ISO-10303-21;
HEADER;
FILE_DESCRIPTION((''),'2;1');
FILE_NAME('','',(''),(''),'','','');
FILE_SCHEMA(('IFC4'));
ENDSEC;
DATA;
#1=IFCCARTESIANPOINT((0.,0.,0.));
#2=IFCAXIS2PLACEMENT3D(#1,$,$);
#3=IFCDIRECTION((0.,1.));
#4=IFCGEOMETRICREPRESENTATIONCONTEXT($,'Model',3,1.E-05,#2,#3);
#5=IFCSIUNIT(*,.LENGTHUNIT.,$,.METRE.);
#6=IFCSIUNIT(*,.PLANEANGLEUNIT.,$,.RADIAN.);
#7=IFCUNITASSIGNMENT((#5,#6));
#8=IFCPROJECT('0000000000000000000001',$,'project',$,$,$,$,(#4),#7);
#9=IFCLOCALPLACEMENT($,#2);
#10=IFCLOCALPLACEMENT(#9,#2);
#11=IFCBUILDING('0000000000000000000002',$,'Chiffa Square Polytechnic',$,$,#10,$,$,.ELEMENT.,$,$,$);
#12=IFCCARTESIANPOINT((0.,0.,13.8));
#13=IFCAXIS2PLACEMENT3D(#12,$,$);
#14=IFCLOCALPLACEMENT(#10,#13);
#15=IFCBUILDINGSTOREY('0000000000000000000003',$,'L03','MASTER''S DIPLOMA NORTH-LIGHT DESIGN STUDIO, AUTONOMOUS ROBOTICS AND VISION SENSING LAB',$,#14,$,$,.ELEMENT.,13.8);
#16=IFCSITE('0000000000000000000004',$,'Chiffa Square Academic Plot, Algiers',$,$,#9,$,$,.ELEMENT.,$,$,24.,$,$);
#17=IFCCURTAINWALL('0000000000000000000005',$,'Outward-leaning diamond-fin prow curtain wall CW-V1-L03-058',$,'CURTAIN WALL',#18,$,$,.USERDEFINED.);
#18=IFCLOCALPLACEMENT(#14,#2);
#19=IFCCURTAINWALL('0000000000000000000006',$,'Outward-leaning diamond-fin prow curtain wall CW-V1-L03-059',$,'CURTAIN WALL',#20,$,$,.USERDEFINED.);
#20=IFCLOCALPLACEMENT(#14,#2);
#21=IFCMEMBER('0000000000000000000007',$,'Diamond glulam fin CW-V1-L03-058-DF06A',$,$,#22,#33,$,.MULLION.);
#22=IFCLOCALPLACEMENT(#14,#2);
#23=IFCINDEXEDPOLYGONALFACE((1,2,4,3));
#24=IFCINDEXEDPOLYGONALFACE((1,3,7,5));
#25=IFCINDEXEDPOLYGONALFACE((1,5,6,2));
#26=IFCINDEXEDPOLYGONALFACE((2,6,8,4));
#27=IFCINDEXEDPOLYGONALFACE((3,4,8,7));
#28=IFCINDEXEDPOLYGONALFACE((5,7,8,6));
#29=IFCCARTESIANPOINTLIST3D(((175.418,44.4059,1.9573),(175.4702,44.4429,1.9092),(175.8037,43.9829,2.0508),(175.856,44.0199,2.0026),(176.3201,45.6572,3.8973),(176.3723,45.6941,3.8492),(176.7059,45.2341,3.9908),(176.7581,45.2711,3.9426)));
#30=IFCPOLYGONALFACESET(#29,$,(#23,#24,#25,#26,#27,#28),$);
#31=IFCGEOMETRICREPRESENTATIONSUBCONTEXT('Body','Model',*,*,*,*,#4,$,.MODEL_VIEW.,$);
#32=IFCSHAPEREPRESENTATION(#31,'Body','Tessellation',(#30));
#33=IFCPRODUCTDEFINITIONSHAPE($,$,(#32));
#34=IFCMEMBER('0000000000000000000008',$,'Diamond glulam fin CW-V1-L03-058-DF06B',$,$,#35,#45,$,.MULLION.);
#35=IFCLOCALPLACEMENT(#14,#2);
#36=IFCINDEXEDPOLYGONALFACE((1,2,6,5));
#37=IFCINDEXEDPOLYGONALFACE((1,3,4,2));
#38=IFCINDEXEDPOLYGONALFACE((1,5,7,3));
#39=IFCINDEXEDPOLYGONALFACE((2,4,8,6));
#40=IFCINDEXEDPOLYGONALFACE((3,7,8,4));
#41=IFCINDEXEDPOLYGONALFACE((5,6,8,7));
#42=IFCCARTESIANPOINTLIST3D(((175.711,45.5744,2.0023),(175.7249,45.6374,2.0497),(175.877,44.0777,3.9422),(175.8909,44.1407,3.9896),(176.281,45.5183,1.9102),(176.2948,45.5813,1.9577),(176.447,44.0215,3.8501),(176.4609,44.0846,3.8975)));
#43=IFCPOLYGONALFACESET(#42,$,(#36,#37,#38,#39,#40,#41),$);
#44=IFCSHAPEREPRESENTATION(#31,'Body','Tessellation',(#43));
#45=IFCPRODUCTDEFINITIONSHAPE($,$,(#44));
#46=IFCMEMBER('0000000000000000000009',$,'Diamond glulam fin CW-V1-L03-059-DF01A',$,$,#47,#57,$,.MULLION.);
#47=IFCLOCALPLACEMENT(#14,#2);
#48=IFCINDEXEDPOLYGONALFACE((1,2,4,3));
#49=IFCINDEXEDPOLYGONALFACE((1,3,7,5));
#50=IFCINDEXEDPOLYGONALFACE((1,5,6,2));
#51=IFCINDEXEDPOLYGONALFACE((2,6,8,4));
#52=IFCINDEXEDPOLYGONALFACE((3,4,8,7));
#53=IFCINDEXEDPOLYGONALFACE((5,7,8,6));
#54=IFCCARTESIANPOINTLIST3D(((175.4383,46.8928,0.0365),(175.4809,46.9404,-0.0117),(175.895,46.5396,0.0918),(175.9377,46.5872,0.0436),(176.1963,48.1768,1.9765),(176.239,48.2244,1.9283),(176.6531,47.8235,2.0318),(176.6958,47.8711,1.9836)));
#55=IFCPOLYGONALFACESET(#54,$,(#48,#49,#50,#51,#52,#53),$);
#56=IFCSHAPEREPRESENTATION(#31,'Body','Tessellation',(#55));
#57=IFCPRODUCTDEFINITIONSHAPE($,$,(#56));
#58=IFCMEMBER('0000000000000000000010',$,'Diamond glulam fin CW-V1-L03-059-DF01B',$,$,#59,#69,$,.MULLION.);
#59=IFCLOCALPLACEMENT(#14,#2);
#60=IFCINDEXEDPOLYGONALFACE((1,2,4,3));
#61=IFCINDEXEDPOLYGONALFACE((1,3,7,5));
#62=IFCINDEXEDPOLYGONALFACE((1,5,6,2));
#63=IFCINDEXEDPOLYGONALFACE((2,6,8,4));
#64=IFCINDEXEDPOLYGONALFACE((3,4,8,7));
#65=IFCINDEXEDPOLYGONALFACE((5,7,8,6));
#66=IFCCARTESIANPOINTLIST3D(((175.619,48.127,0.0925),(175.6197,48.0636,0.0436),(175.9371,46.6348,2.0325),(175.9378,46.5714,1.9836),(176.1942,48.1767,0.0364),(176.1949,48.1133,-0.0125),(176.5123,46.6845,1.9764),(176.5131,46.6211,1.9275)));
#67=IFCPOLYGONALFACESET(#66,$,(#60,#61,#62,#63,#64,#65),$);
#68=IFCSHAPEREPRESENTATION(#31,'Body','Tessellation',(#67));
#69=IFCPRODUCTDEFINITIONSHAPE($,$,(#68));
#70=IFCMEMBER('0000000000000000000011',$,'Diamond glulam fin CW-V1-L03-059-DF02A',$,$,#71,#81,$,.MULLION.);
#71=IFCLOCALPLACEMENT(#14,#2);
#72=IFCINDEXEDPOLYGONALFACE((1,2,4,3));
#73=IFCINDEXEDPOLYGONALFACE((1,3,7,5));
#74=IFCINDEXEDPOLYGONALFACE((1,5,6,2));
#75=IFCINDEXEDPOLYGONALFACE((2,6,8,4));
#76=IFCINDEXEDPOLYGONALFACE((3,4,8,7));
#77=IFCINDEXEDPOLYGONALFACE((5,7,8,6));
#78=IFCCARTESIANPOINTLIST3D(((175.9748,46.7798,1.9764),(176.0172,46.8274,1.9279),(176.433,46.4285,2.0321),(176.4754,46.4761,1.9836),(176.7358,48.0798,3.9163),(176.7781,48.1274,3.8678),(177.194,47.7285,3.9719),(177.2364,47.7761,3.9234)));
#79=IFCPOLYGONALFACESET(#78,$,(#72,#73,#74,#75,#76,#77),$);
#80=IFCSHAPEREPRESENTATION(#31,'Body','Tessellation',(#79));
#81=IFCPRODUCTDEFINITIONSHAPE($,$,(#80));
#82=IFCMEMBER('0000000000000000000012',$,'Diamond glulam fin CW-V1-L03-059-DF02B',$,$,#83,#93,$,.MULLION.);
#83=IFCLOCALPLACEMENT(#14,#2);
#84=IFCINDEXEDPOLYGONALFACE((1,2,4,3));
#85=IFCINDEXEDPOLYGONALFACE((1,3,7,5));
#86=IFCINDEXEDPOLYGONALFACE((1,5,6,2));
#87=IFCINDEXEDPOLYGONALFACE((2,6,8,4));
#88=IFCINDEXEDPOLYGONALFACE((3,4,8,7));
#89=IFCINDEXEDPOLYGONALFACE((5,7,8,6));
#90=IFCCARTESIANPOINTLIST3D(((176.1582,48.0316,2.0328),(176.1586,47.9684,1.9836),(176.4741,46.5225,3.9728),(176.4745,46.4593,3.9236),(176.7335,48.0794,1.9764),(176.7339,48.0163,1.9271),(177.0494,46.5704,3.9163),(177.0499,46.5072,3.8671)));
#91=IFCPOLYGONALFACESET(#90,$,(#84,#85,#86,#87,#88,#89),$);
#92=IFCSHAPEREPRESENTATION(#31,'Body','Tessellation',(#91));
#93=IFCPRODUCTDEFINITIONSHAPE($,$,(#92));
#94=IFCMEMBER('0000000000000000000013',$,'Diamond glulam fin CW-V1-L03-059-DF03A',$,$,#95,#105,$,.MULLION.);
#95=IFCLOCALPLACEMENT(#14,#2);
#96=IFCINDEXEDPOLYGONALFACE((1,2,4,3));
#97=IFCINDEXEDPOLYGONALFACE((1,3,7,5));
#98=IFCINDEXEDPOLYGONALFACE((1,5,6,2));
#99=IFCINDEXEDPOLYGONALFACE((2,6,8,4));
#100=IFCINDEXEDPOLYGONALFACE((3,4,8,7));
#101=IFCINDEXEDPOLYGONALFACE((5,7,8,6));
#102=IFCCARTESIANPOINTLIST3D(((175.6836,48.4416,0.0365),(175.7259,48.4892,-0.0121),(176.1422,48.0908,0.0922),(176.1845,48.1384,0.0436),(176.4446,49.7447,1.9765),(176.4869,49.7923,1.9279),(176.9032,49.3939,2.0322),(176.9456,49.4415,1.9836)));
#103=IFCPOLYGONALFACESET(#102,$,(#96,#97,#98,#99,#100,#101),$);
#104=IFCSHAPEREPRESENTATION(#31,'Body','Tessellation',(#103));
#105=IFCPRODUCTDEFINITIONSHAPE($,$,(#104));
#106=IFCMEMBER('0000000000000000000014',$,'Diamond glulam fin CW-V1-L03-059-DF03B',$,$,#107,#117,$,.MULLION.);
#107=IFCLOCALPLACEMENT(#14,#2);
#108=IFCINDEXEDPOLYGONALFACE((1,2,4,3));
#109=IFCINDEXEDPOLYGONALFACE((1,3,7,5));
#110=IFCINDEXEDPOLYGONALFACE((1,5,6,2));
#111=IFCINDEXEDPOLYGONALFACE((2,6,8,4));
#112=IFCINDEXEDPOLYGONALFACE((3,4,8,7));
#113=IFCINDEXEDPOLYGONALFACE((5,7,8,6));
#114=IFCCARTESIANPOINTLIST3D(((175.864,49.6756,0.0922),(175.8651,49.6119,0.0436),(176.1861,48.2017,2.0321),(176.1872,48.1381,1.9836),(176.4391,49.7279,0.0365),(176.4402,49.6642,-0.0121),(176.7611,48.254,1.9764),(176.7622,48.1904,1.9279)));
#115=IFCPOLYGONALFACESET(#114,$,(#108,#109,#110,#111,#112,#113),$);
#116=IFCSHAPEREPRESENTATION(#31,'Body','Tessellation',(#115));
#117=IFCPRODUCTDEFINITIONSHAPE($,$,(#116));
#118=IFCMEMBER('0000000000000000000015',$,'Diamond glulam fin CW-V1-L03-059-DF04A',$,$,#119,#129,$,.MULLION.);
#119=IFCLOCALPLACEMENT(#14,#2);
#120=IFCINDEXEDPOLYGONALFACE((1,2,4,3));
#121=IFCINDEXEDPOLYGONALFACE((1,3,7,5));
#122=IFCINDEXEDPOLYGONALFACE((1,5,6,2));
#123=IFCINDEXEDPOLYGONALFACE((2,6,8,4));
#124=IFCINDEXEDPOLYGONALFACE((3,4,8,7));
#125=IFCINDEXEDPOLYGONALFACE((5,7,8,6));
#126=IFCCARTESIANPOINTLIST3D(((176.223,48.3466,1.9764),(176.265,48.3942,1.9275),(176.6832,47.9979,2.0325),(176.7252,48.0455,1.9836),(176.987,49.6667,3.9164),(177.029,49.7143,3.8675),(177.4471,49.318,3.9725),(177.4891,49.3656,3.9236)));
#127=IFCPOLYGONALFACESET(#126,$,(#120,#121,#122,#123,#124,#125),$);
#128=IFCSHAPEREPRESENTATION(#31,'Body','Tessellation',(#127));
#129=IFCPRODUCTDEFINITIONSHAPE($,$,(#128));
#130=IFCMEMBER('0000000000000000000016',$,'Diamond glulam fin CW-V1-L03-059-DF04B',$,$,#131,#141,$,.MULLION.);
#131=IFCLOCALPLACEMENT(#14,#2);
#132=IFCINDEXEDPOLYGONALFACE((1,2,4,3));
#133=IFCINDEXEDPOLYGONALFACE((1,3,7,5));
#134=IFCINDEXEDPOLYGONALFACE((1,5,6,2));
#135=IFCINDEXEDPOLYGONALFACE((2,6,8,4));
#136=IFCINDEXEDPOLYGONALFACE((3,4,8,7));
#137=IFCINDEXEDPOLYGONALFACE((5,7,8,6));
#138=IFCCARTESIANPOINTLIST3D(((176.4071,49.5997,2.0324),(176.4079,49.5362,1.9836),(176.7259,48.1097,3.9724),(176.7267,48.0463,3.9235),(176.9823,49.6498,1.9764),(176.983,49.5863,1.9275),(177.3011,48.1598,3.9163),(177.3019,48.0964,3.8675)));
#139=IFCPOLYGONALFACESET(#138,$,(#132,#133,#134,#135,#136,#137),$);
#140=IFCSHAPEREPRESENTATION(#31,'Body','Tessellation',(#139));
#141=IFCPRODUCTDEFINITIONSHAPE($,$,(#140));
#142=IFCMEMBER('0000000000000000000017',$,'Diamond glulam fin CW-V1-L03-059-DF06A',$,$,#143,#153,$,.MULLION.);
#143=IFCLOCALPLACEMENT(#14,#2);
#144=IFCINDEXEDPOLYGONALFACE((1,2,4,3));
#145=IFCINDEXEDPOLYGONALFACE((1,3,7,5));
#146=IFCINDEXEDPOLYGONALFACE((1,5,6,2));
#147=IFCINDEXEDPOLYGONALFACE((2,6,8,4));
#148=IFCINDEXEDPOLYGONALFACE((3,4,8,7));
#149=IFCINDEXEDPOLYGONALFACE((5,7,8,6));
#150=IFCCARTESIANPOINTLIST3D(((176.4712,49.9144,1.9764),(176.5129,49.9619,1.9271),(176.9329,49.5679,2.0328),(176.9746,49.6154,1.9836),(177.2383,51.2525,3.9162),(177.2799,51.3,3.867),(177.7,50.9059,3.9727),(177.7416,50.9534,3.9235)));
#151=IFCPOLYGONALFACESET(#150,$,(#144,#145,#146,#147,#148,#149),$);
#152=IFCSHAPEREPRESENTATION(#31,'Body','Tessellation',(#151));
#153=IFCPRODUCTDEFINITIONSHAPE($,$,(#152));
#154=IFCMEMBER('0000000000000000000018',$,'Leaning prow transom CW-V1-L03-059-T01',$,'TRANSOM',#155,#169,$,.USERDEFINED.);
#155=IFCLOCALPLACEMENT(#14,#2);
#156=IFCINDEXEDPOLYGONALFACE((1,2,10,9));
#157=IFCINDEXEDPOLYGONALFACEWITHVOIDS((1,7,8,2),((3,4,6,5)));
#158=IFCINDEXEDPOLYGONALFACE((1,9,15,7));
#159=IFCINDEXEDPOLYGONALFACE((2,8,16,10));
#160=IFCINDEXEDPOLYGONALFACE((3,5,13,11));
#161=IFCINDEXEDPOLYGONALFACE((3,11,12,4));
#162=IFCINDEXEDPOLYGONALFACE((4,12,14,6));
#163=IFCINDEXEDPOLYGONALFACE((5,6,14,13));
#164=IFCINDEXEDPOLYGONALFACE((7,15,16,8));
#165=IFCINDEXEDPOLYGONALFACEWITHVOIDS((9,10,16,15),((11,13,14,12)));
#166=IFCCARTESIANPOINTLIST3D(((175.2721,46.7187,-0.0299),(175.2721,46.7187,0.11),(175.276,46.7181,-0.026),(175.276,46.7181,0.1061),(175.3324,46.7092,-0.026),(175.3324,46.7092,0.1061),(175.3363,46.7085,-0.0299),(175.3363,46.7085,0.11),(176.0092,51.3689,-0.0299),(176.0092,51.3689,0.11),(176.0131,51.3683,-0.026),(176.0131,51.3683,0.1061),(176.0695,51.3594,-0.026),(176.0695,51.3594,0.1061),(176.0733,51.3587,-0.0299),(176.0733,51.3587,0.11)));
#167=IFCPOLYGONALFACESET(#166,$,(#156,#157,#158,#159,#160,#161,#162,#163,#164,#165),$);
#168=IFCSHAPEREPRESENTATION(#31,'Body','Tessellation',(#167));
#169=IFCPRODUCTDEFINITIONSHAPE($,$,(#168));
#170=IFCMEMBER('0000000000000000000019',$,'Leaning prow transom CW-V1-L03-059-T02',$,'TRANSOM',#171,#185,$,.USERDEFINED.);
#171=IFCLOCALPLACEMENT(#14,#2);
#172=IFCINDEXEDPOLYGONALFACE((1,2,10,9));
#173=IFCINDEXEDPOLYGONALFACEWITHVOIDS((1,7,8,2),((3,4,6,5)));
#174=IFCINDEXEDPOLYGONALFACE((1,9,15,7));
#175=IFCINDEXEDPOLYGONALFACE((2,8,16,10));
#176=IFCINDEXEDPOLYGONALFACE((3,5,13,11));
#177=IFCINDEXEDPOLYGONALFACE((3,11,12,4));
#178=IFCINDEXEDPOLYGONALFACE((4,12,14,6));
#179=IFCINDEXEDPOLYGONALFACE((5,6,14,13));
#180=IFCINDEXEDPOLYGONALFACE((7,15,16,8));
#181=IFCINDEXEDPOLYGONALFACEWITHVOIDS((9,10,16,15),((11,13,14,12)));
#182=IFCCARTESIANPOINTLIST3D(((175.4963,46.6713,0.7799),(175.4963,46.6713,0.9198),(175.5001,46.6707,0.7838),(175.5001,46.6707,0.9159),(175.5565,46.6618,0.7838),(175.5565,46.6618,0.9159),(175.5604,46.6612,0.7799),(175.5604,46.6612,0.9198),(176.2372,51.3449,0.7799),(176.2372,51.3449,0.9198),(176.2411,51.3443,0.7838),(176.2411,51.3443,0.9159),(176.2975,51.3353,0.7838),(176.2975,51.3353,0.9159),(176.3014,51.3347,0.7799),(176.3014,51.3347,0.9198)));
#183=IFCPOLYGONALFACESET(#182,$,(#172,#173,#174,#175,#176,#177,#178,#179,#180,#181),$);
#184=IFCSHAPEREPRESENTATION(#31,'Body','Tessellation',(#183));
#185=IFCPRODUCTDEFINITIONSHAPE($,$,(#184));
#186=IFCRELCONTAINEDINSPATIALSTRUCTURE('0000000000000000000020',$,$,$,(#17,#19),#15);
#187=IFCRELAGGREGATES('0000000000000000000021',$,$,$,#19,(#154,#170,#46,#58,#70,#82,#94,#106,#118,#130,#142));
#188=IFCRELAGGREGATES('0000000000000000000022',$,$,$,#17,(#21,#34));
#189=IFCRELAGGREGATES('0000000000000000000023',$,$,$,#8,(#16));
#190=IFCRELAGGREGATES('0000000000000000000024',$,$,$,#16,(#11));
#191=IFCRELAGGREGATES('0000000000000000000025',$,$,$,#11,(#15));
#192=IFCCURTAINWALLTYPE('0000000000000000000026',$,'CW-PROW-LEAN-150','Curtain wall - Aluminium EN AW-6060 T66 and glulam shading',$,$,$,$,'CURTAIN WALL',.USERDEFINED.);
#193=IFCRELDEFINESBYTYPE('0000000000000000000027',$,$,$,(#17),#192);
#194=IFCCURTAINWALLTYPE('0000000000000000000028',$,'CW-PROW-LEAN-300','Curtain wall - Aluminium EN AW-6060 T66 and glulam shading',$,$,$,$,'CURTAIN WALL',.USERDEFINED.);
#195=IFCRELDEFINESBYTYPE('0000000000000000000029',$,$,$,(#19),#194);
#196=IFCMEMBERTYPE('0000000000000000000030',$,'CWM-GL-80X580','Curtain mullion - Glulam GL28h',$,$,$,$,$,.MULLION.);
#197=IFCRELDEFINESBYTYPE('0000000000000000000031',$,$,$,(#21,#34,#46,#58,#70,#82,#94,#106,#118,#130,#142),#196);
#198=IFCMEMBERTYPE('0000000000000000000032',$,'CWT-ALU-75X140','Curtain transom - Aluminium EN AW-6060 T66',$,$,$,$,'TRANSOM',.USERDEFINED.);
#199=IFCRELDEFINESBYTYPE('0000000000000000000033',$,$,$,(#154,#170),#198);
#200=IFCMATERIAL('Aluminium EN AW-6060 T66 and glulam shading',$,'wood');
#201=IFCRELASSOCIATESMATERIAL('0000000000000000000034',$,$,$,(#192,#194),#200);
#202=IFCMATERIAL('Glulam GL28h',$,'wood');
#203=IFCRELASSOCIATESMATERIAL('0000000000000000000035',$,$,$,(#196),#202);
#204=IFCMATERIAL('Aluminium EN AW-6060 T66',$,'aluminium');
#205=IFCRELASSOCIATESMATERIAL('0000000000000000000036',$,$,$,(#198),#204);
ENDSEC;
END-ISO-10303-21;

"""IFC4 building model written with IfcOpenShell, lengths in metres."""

from ifc_helpers import new_model, si_unit, direction, frame, origin, origin_2d, place, context, subcontext, project, spatial, rectangle, hollow_rectangle, extrude, material, material_profile, profile_set, type_object, element, aggregate, save


model = new_model("IFC4")

# Units and contexts
model_context = context("Model", 3, precision=1e-05, world=origin(), true_north=direction((0.0, 1.0)))
body_context = subcontext(model_context, "Body", "Model", "MODEL_VIEW")
ifc_project = project(units=[si_unit("LENGTHUNIT", "METRE"), si_unit("PLANEANGLEUNIT", "RADIAN")], contexts=[model_context])

# Site, building, storey
site_placement = place(None, origin())
site = spatial("IfcSite", under=ifc_project, at=site_placement, Name="Chiffa Square Academic Plot, Algiers", CompositionType="ELEMENT", RefElevation=24.0)
building_placement = place(site_placement, origin())
building = spatial("IfcBuilding", under=site, at=building_placement, Name="Chiffa Square Polytechnic", CompositionType="ELEMENT")
storey_placement = place(building_placement, frame((0.0, 0.0, 13.8)))
storey = spatial("IfcBuildingStorey", under=building, at=storey_placement, Name="L03", Description="MASTER'S DIPLOMA NORTH-LIGHT DESIGN STUDIO, AUTONOMOUS ROBOTICS AND VISION SENSING LAB", CompositionType="ELEMENT", Elevation=13.8)

# Curtain walls
ifc_material_1 = material(Name="Aluminium EN AW-6060 T66 and glulam shading", Category="wood")
curtain_wall_type_1 = type_object("IfcCurtainWallType", Name="CW-PROW-LEAN-150", Description="Curtain wall - Aluminium EN AW-6060 T66 and glulam shading", ElementType="CURTAIN WALL", PredefinedType="USERDEFINED", material=ifc_material_1)
curtain_wall_1_placement = place(storey_placement, origin())
curtain_wall_1 = element("IfcCurtainWall", 1, at=curtain_wall_1_placement, inside=storey, type_object=curtain_wall_type_1, Name="Outward-leaning diamond-fin prow curtain wall CW-V1-L03-058", ObjectType="CURTAIN WALL", PredefinedType="USERDEFINED")
ifc_material_2 = material(Name="Aluminium EN AW-6060 T66", Category="aluminium")
curtain_wall_type_2 = type_object("IfcCurtainWallType", Name="CW-PROW-LEAN-300", Description="Curtain wall - Aluminium EN AW-6060 T66 and glulam shading", ElementType="CURTAIN WALL", PredefinedType="USERDEFINED", material=ifc_material_1)
curtain_wall_2_placement = place(storey_placement, origin())
curtain_wall_2 = element("IfcCurtainWall", 2, at=curtain_wall_2_placement, inside=storey, type_object=curtain_wall_type_2, Name="Outward-leaning diamond-fin prow curtain wall CW-V1-L03-059", ObjectType="CURTAIN WALL", PredefinedType="USERDEFINED")

# Members
ifc_material_3 = material(Name="Glulam GL28h", Category="wood")
ifc_material_profile_1 = material_profile(ifc_material_3, rectangle(XDim=0.0801, YDim=0.5801, at=origin_2d()), Name="GL28h 80x580")
ifc_profile_set_1 = profile_set([ifc_material_profile_1], Name="Glulam GL28h")
member_type_1 = type_object("IfcMemberType", Name="CWM-GL-80X580", Description="Curtain mullion - Glulam GL28h", PredefinedType="MULLION", material=ifc_profile_set_1)
member_1_placement = place(storey_placement, frame((175.637, 44.2129, 1.98), z_axis=(0.363977, 0.50484, 0.782724), x_axis=(-0.652103, -0.461915, 0.601162)))
member_1 = element("IfcMember", 3, at=member_1_placement, type_object=member_type_1, Name="Diamond glulam fin CW-V1-L03-058-DF06A", PredefinedType="MULLION", context=body_context, shape_type="SweptSolid", body=[
    extrude(rectangle(XDim=0.0801, YDim=0.5801, at=origin_2d()), origin(), (0.0, 0.0, 1.0), 2.4785),
])
member_2_placement = place(storey_placement, frame((176.0029, 45.5779, 1.98), z_axis=(0.067599, -0.609483, 0.789912), x_axis=(0.173132, 0.786877, 0.592325)))
member_2 = element("IfcMember", 4, at=member_2_placement, type_object=member_type_1, Name="Diamond glulam fin CW-V1-L03-058-DF06B", PredefinedType="MULLION", context=body_context, shape_type="SweptSolid", body=[
    extrude(rectangle(XDim=0.0801, YDim=0.5801, at=origin_2d()), origin(), (0.0, 0.0, 1.0), 2.4558),
])
member_3_placement = place(storey_placement, frame((175.688, 46.74, 0.04), z_axis=(0.309824, 0.524755, 0.792869), x_axis=(-0.532851, -0.59481, 0.601889)))
member_3 = element("IfcMember", 5, at=member_3_placement, type_object=member_type_1, Name="Diamond glulam fin CW-V1-L03-059-DF01A", PredefinedType="MULLION", context=body_context, shape_type="SweptSolid", body=[
    extrude(rectangle(XDim=0.0801, YDim=0.5801, at=origin_2d()), origin(), (0.0, 0.0, 1.0), 2.4468),
])
member_4_placement = place(storey_placement, frame((175.907, 48.1201, 0.04), z_axis=(0.128894, -0.604606, 0.786027), x_axis=(-0.008874, 0.791904, 0.610581)))
member_4 = element("IfcMember", 6, at=member_4_placement, type_object=member_type_1, Name="Diamond glulam fin CW-V1-L03-059-DF01B", PredefinedType="MULLION", context=body_context, shape_type="SweptSolid", body=[
    extrude(rectangle(XDim=0.0801, YDim=0.5801, at=origin_2d()), origin(), (0.0, 0.0, 1.0), 2.468),
])
member_5_placement = place(storey_placement, frame((176.2251, 46.6279, 1.98), z_axis=(0.309831, 0.529307, 0.789835), x_axis=(-0.529095, -0.594225, 0.605768)))
member_5 = element("IfcMember", 7, at=member_5_placement, type_object=member_type_1, Name="Diamond glulam fin CW-V1-L03-059-DF02A", PredefinedType="MULLION", context=body_context, shape_type="SweptSolid", body=[
    extrude(rectangle(XDim=0.0801, YDim=0.5801, at=origin_2d()), origin(), (0.0, 0.0, 1.0), 2.4561),
])
member_6_placement = place(storey_placement, frame((176.446, 48.0239, 1.98), z_axis=(0.12749, -0.608978, 0.782874), x_axis=(-0.005328, 0.788883, 0.61452)))
member_6 = element("IfcMember", 8, at=member_6_placement, type_object=member_type_1, Name="Diamond glulam fin CW-V1-L03-059-DF02B", PredefinedType="MULLION", context=body_context, shape_type="SweptSolid", body=[
    extrude(rectangle(XDim=0.0801, YDim=0.5801, at=origin_2d()), origin(), (0.0, 0.0, 1.0), 2.478),
])
member_7_placement = place(storey_placement, frame((175.9341, 48.29, 0.04), z_axis=(0.309635, 0.530165, 0.789336), x_axis=(-0.528263, -0.594318, 0.606402)))
member_7 = element("IfcMember", 9, at=member_7_placement, type_object=member_type_1, Name="Diamond glulam fin CW-V1-L03-059-DF03A", PredefinedType="MULLION", context=body_context, shape_type="SweptSolid", body=[
    extrude(rectangle(XDim=0.0801, YDim=0.5801, at=origin_2d()), origin(), (0.0, 0.0, 1.0), 2.4578),
])
member_8_placement = place(storey_placement, frame((176.1521, 49.6699, 0.04), z_axis=(0.131035, -0.599743, 0.789391), x_axis=(-0.013592, 0.795095, 0.606332)))
member_8 = element("IfcMember", 10, at=member_8_placement, type_object=member_type_1, Name="Diamond glulam fin CW-V1-L03-059-DF03B", PredefinedType="MULLION", context=body_context, shape_type="SweptSolid", body=[
    extrude(rectangle(XDim=0.0801, YDim=0.5801, at=origin_2d()), origin(), (0.0, 0.0, 1.0), 2.4575),
])
member_9_placement = place(storey_placement, frame((176.4741, 48.196, 1.98), z_axis=(0.309567, 0.53494, 0.786135), x_axis=(-0.524303, -0.593686, 0.610446)))
member_9 = element("IfcMember", 11, at=member_9_placement, type_object=member_type_1, Name="Diamond glulam fin CW-V1-L03-059-DF04A", PredefinedType="MULLION", context=body_context, shape_type="SweptSolid", body=[
    extrude(rectangle(XDim=0.0801, YDim=0.5801, at=origin_2d()), origin(), (0.0, 0.0, 1.0), 2.4678),
])
member_10_placement = place(storey_placement, frame((176.6951, 49.593, 1.98), z_axis=(0.129256, -0.604017, 0.78642), x_axis=(-0.009566, 0.792276, 0.610087)))
member_10 = element("IfcMember", 12, at=member_10_placement, type_object=member_type_1, Name="Diamond glulam fin CW-V1-L03-059-DF04B", PredefinedType="MULLION", context=body_context, shape_type="SweptSolid", body=[
    extrude(rectangle(XDim=0.0801, YDim=0.5801, at=origin_2d()), origin(), (0.0, 0.0, 1.0), 2.4668),
])
member_11_placement = place(storey_placement, frame((176.7229, 49.7649, 1.98), z_axis=(0.309512, 0.539922, 0.782743), x_axis=(-0.520207, -0.592917, 0.614682)))
member_11 = element("IfcMember", 13, at=member_11_placement, type_object=member_type_1, Name="Diamond glulam fin CW-V1-L03-059-DF06A", PredefinedType="MULLION", context=body_context, shape_type="SweptSolid", body=[
    extrude(rectangle(XDim=0.0801, YDim=0.5801, at=origin_2d()), origin(), (0.0, 0.0, 1.0), 2.4783),
])
ifc_material_profile_2 = material_profile(ifc_material_2, hollow_rectangle(XDim=0.0649, YDim=0.1399, WallThickness=0.0039, at=origin_2d()), Name="ALU 65x140x4")
ifc_profile_set_2 = profile_set([ifc_material_profile_2], Name="Aluminium EN AW-6060 T66")
member_type_2 = type_object("IfcMemberType", Name="CWT-ALU-75X140", Description="Curtain transom - Aluminium EN AW-6060 T66", ElementType="TRANSOM", PredefinedType="USERDEFINED", material=ifc_profile_set_2)
member_12_placement = place(storey_placement, frame((175.3042, 46.7136, 0.04), z_axis=(0.156548, 0.98767, 0.0), x_axis=(-0.98767, 0.156548, 0.0)))
member_12 = element("IfcMember", 14, at=member_12_placement, type_object=member_type_2, Name="Leaning prow transom CW-V1-L03-059-T01", ObjectType="TRANSOM", PredefinedType="USERDEFINED", context=body_context, shape_type="SweptSolid", body=[
    extrude(hollow_rectangle(XDim=0.0649, YDim=0.1399, WallThickness=0.0039, at=origin_2d()), origin(), (0.0, 0.0, 1.0), 4.7083),
])
member_13_placement = place(storey_placement, frame((175.5283, 46.6663, 0.8499), z_axis=(0.156588, 0.987664, 0.0), x_axis=(-0.987664, 0.156588, 0.0)))
member_13 = element("IfcMember", 15, at=member_13_placement, type_object=member_type_2, Name="Leaning prow transom CW-V1-L03-059-T02", ObjectType="TRANSOM", PredefinedType="USERDEFINED", context=body_context, shape_type="SweptSolid", body=[
    extrude(hollow_rectangle(XDim=0.0649, YDim=0.1399, WallThickness=0.0039, at=origin_2d()), origin(), (0.0, 0.0, 1.0), 4.7319),
])

aggregate(curtain_wall_2, [member_12, member_13, member_3, member_4, member_5, member_6, member_7, member_8, member_9, member_10, member_11])
aggregate(curtain_wall_1, [member_1, member_2])

save(model, "model.ifc")
